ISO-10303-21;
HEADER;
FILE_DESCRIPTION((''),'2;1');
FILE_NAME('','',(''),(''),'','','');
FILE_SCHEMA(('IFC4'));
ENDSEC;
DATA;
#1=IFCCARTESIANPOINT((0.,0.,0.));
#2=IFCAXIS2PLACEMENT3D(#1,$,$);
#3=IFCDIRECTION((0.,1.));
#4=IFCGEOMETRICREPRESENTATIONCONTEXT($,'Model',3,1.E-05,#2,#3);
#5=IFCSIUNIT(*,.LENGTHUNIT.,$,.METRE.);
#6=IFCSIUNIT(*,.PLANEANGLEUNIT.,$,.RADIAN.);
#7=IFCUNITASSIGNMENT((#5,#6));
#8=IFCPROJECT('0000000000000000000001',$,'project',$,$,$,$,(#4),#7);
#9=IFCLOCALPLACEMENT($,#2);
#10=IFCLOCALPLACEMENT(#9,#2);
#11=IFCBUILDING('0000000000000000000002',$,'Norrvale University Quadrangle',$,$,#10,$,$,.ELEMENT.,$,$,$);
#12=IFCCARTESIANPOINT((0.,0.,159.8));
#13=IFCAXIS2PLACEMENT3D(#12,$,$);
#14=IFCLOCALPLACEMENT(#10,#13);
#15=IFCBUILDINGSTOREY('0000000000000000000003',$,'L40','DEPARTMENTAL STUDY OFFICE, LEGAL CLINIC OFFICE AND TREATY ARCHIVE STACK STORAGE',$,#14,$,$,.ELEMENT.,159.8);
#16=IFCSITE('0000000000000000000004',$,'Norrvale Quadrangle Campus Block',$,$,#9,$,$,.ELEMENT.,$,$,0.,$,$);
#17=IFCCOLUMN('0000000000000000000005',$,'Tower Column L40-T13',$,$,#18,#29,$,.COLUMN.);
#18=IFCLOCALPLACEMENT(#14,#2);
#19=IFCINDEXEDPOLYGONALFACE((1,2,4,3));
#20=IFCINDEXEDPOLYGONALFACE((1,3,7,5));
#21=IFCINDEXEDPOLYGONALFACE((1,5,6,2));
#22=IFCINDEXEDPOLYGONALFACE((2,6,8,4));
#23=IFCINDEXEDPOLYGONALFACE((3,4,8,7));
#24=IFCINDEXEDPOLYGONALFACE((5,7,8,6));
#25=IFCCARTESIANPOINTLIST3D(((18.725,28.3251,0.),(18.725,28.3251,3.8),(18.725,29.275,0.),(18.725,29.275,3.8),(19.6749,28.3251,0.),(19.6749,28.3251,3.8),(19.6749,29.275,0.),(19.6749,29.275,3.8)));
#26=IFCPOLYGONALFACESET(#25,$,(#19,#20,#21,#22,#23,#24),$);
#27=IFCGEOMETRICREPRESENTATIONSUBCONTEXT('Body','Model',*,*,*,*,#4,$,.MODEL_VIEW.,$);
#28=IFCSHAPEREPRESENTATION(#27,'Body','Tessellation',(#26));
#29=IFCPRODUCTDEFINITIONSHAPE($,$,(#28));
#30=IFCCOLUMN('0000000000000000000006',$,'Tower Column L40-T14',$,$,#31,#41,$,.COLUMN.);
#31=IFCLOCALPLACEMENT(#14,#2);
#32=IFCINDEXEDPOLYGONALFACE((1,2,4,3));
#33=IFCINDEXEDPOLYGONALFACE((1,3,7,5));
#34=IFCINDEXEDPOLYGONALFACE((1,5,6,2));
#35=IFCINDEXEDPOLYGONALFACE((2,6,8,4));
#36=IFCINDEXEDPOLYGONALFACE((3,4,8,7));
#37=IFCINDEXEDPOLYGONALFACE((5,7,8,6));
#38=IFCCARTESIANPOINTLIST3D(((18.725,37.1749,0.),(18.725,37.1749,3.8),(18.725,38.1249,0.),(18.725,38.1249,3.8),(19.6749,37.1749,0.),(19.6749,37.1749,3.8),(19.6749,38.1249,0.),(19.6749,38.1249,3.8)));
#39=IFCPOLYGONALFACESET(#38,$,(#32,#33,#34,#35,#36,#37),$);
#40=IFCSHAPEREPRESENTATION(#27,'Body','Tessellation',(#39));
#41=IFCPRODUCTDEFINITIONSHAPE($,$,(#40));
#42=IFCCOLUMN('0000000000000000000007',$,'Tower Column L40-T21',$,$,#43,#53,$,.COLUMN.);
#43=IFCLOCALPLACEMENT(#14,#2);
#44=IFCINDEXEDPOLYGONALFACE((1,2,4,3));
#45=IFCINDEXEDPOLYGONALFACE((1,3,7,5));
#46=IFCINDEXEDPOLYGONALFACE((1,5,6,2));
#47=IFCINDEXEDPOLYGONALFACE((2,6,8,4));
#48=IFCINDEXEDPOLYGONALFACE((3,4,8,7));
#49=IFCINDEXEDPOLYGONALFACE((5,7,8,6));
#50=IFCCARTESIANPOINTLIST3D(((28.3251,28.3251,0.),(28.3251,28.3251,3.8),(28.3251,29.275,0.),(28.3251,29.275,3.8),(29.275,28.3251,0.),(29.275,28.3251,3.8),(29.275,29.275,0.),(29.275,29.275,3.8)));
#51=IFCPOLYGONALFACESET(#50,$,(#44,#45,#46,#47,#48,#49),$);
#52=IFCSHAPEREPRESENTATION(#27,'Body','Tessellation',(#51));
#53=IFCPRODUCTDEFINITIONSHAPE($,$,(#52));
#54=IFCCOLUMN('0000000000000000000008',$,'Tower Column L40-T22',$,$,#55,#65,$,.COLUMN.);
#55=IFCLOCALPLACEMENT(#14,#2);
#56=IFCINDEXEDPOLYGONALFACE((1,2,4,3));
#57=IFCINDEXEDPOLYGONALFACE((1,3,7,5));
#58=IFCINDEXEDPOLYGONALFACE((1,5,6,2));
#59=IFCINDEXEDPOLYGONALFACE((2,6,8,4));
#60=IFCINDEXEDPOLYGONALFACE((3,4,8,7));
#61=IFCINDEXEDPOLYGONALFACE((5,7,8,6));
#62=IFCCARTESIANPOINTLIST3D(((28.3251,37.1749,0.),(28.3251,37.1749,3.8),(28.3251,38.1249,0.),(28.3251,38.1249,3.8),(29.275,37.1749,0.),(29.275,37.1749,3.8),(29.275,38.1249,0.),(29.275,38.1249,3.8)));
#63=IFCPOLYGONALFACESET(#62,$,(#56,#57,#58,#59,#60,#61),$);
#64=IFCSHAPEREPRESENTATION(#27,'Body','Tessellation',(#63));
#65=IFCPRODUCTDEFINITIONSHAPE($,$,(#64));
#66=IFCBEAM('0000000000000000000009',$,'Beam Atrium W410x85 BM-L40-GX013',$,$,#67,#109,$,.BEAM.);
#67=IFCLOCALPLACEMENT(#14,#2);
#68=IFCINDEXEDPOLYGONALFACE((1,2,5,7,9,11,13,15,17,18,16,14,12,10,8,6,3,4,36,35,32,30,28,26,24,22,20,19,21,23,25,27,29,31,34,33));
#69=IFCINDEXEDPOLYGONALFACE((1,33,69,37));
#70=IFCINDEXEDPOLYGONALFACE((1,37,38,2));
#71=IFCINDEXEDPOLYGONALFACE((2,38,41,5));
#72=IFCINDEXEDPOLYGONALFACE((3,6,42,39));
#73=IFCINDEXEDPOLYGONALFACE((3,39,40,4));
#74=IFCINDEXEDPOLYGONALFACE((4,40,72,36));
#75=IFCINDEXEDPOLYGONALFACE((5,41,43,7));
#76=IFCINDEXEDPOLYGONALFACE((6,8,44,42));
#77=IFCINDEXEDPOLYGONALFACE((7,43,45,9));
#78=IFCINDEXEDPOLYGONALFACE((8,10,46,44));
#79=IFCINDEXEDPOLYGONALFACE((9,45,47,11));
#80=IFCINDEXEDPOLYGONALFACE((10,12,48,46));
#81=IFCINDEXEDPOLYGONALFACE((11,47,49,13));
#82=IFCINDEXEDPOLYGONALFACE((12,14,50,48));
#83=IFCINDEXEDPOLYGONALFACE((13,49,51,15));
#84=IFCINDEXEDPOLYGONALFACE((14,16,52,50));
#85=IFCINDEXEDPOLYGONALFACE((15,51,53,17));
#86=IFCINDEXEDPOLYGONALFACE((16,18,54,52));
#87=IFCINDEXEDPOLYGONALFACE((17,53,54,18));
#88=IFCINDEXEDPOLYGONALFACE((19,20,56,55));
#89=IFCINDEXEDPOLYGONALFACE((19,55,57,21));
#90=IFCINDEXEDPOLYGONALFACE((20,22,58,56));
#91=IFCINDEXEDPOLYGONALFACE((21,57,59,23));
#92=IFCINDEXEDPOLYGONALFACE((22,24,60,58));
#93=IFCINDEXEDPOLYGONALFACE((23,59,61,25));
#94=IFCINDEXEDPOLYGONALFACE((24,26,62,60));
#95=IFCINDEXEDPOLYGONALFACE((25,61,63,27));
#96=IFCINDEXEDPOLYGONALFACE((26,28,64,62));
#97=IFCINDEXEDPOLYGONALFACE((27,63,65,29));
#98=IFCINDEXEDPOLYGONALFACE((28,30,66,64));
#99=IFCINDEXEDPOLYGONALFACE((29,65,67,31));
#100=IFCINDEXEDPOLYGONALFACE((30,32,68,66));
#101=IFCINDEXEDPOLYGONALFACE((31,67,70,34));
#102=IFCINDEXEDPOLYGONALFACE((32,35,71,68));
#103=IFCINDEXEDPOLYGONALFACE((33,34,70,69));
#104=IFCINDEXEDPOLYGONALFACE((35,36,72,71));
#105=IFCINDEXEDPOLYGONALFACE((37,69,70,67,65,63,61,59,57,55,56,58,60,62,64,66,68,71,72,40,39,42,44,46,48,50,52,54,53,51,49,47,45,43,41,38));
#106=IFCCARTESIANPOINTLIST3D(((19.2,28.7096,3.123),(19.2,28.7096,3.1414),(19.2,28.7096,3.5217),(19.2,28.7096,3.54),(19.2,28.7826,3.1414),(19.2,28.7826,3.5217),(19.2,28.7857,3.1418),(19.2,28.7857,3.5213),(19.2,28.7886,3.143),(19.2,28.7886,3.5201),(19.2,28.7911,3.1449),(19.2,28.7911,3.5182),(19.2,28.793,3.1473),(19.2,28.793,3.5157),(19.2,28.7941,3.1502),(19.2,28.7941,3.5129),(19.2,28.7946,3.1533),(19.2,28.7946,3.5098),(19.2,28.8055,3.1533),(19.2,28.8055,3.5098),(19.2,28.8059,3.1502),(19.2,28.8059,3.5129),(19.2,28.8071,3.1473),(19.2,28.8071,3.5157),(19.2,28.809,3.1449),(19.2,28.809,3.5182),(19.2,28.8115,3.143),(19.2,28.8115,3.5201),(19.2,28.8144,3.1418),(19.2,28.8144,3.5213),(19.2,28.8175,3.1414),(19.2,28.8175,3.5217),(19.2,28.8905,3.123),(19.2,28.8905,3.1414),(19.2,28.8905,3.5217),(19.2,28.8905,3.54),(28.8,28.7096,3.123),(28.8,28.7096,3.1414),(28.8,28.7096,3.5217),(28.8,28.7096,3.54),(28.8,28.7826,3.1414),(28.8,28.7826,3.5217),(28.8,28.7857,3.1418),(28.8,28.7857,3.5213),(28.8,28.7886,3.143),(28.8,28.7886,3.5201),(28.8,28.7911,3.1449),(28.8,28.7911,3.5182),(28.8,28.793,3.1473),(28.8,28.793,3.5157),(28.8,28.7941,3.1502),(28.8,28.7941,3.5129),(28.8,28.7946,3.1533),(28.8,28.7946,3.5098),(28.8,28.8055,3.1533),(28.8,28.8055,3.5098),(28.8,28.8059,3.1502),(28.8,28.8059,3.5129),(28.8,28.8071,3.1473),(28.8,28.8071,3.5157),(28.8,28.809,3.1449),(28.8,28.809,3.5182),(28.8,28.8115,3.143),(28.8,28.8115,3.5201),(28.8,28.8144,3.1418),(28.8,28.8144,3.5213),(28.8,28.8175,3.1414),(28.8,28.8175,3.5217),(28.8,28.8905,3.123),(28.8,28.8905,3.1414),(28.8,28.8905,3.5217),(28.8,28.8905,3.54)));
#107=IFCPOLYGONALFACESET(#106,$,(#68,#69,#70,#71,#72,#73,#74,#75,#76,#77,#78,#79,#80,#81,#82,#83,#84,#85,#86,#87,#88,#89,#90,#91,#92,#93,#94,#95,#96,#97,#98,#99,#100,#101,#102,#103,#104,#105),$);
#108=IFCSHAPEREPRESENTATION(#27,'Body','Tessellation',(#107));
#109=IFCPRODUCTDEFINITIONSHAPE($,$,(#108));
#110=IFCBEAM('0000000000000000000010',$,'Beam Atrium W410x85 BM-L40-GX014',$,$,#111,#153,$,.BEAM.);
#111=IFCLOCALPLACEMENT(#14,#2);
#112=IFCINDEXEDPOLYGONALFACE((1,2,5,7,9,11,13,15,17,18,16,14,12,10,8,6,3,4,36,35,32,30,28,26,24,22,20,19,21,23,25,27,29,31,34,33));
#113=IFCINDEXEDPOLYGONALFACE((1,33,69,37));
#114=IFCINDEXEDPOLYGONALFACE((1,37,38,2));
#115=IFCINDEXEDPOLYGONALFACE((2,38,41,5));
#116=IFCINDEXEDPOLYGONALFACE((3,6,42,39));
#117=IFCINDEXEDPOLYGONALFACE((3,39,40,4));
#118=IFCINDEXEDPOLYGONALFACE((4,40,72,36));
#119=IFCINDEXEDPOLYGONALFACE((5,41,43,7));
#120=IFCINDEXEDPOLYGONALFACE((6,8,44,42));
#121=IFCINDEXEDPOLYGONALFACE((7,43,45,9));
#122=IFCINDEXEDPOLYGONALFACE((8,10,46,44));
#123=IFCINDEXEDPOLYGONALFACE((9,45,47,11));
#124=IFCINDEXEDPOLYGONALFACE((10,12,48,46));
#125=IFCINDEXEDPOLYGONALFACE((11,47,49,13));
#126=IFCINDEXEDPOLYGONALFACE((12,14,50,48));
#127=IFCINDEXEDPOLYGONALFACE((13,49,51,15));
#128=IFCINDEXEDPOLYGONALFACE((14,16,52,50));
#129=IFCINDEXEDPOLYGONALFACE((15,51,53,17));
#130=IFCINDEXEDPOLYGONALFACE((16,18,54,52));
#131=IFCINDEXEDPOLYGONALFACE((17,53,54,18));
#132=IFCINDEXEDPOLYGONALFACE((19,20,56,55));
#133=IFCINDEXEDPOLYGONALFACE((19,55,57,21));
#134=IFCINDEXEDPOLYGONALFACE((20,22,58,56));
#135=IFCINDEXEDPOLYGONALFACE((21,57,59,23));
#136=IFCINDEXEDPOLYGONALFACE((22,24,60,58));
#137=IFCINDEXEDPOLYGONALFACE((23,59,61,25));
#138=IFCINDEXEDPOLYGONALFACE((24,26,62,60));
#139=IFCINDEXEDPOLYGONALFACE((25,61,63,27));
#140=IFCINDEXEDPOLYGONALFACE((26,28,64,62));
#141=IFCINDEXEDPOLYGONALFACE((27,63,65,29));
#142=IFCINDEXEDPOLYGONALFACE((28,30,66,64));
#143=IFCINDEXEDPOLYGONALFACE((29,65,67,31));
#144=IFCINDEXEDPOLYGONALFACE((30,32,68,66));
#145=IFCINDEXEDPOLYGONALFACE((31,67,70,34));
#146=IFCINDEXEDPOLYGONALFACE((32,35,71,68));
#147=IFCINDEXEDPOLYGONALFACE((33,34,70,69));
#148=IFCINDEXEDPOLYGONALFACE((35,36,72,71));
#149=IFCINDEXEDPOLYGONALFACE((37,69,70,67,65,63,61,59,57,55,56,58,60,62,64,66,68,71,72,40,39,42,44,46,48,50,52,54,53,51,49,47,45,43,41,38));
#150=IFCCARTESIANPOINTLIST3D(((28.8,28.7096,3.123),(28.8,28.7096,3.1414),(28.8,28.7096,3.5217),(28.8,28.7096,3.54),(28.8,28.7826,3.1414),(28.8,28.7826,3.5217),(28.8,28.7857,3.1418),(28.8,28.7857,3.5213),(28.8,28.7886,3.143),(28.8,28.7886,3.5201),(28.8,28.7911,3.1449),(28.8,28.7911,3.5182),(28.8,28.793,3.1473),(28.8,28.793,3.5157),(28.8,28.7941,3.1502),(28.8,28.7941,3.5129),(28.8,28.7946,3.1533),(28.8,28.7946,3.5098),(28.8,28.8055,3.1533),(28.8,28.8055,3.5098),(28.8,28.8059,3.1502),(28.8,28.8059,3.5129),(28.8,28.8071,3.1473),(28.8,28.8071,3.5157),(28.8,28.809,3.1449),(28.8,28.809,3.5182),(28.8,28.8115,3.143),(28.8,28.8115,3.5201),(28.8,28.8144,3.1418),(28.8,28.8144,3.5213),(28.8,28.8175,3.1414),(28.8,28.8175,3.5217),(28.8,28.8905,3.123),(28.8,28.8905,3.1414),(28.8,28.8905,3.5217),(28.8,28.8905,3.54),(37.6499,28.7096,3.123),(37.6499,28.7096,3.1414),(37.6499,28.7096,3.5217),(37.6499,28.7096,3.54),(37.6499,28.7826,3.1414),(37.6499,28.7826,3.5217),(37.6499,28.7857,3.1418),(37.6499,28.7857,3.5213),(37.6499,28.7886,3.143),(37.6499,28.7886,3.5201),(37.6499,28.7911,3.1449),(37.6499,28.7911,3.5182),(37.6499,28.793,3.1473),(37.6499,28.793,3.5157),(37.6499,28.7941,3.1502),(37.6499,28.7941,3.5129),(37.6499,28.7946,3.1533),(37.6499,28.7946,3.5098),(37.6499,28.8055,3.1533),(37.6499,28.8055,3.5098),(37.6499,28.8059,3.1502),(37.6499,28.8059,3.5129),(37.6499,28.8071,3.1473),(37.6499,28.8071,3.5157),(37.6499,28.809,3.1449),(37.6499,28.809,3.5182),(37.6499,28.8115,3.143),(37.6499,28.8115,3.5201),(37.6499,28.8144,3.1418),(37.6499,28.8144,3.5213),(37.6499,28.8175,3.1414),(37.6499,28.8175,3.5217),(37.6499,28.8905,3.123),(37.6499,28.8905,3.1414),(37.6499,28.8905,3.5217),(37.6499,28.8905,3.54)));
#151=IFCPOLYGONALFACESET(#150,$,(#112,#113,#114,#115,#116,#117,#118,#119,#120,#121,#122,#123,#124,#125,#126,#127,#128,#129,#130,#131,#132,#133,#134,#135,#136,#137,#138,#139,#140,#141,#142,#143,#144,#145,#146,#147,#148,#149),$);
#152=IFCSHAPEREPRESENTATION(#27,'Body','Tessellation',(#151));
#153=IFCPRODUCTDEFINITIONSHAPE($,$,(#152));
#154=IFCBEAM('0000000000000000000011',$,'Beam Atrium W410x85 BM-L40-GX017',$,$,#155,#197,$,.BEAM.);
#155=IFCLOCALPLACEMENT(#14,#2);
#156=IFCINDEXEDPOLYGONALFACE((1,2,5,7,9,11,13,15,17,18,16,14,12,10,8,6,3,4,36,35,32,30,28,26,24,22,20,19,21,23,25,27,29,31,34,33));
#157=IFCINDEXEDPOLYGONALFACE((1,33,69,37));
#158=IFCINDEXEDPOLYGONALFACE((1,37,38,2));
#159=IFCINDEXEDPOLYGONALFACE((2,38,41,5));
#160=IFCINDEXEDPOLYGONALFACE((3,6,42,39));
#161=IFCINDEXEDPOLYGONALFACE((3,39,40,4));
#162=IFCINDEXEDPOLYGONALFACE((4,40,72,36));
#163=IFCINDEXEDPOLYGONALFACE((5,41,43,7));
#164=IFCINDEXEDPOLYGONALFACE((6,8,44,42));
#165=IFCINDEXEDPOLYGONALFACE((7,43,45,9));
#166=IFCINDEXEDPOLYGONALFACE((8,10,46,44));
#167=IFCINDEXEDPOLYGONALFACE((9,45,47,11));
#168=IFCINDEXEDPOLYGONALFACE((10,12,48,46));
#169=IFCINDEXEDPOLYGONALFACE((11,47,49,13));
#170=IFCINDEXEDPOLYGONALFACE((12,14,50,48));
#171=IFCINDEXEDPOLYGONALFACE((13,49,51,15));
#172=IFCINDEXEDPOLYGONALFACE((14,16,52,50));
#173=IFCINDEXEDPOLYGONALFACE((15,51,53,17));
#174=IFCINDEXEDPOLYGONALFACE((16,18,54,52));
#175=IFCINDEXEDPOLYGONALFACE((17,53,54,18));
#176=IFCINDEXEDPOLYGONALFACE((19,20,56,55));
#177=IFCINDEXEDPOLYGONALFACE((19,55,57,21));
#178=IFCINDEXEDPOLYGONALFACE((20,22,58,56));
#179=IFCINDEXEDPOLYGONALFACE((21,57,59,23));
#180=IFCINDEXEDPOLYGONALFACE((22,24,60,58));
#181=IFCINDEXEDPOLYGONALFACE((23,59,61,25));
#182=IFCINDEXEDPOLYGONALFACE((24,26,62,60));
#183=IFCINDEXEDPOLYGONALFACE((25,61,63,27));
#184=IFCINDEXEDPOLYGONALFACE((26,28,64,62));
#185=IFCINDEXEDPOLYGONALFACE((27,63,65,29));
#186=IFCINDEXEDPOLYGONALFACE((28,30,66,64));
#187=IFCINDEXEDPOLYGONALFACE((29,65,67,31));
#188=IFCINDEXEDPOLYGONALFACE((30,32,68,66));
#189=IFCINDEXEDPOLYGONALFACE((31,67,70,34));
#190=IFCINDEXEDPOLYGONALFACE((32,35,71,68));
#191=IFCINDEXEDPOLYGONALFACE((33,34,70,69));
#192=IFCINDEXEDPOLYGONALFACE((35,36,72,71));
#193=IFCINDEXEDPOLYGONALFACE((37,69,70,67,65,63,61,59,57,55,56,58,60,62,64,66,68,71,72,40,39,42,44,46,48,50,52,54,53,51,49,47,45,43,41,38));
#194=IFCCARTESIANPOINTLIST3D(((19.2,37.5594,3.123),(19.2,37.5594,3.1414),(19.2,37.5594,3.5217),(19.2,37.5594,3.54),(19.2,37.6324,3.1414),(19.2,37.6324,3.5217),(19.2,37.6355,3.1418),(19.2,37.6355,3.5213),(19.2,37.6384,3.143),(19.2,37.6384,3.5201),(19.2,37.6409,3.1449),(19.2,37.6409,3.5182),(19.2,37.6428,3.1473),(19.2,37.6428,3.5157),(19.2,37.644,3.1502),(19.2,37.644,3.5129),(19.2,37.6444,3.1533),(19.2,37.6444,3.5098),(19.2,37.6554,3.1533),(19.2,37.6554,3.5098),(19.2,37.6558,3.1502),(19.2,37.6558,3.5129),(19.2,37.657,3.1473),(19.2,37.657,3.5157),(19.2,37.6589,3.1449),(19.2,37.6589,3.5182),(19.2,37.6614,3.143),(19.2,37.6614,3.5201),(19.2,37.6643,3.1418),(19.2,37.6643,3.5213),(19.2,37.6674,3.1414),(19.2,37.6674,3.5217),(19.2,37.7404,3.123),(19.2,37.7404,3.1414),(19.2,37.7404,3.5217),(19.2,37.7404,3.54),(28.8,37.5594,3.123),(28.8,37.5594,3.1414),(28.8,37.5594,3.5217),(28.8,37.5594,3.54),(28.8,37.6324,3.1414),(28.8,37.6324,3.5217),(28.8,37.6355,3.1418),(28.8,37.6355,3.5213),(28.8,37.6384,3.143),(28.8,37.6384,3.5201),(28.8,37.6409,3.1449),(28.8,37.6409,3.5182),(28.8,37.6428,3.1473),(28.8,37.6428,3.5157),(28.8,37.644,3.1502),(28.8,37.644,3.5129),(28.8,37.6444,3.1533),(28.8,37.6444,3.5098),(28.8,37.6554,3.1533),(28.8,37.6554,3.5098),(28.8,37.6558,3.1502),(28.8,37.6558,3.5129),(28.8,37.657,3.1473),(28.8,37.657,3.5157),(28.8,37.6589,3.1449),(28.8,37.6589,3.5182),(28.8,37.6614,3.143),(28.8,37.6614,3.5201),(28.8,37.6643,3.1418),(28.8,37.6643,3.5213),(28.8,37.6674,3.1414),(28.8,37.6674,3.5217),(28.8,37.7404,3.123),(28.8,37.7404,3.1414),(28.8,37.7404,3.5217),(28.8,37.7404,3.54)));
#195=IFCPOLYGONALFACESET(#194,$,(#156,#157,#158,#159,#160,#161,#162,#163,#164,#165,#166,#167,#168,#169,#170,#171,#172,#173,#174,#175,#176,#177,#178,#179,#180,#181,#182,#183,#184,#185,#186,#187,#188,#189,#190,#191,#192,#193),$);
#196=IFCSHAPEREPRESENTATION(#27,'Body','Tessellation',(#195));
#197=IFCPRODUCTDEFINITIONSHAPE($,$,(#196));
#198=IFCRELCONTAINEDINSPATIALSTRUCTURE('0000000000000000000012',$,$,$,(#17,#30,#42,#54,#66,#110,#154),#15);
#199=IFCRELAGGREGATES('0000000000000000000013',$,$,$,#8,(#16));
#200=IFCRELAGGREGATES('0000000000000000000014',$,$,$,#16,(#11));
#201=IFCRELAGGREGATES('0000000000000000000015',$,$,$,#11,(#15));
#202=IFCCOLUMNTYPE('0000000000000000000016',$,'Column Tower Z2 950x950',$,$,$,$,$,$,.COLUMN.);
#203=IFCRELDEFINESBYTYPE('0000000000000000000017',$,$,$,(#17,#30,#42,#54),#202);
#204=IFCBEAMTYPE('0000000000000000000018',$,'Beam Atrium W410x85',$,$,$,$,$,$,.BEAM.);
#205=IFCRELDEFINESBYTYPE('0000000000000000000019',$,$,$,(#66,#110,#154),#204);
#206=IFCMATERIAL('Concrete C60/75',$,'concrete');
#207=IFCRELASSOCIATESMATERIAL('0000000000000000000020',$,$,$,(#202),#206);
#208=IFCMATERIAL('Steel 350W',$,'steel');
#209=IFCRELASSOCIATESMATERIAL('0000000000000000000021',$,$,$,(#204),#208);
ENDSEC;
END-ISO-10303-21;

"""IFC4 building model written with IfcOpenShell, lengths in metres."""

from ifc_helpers import new_model, si_unit, direction, frame, origin, origin_2d, place, context, subcontext, project, spatial, rectangle, i_section, extrude, material, material_profile, profile_set, type_object, element, save


model = new_model("IFC4")

# Units and contexts
model_context = context("Model", 3, precision=1e-05, world=origin(), true_north=direction((0.0, 1.0)))
body_context = subcontext(model_context, "Body", "Model", "MODEL_VIEW")
ifc_project = project(units=[si_unit("LENGTHUNIT", "METRE"), si_unit("PLANEANGLEUNIT", "RADIAN")], contexts=[model_context])

# Site, building, storey
site_placement = place(None, origin())
site = spatial("IfcSite", under=ifc_project, at=site_placement, Name="Norrvale Quadrangle Campus Block", CompositionType="ELEMENT", RefElevation=0.0)
building_placement = place(site_placement, origin())
building = spatial("IfcBuilding", under=site, at=building_placement, Name="Norrvale University Quadrangle", CompositionType="ELEMENT")
storey_placement = place(building_placement, frame((0.0, 0.0, 159.8)))
storey = spatial("IfcBuildingStorey", under=building, at=storey_placement, Name="L40", Description="DEPARTMENTAL STUDY OFFICE, LEGAL CLINIC OFFICE AND TREATY ARCHIVE STACK STORAGE", CompositionType="ELEMENT", Elevation=159.8)

# Columns
ifc_material_1 = material(Name="Concrete C60/75", Category="concrete")
ifc_material_profile_1 = material_profile(ifc_material_1, rectangle(XDim=0.95, YDim=0.95, at=origin_2d()), Name="Concrete C60/75")
ifc_profile_set_1 = profile_set([ifc_material_profile_1], Name="Concrete C60/75")
column_type = type_object("IfcColumnType", Name="Column Tower Z2 950x950", PredefinedType="COLUMN", material=ifc_profile_set_1)
for number, where, z_axis, x_axis, name in (
    (1, (19.2, 28.8, 0.0), (0.0, 0.0, 1.0), (1.0, 0.0, 0.0), "Tower Column L40-T13"),
    (2, (19.2, 37.6499, 0.0), (0.0, 0.0, 1.0), (1.0, 0.0, 0.0), "Tower Column L40-T14"),
    (3, (28.8, 28.8, 0.0), (0.0, 0.0, 1.0), (1.0, 0.0, 0.0), "Tower Column L40-T21"),
    (4, (28.8, 37.6499, 0.0), (0.0, 0.0, 1.0), (1.0, 0.0, 0.0), "Tower Column L40-T22"),
):
    element("IfcColumn", number, at=place(storey_placement, frame(where, z_axis=z_axis, x_axis=x_axis)), inside=storey, type_object=column_type, Name=name, PredefinedType="COLUMN", context=body_context, shape_type="SweptSolid", body=[
        extrude(rectangle(XDim=0.95, YDim=0.95, at=origin_2d()), origin(), (0.0, 0.0, 1.0), 3.8),
    ])

# Beams
ifc_material_2 = material(Name="Steel 350W", Category="steel")
ifc_material_profile_2 = material_profile(ifc_material_2, i_section(OverallWidth=0.1809, OverallDepth=0.417, WebThickness=0.011, FlangeThickness=0.0183, FilletRadius=0.012, at=origin_2d()), Name="Steel 350W")
ifc_profile_set_2 = profile_set([ifc_material_profile_2], Name="Steel 350W")
beam_type_1 = type_object("IfcBeamType", Name="Beam Atrium W410x85", PredefinedType="BEAM", material=ifc_profile_set_2)
beam_1_placement = place(storey_placement, frame((19.2, 28.8, 3.3315), z_axis=(1.0, 0.0, 0.0), x_axis=(0.0, 1.0, 0.0)))
element("IfcBeam", 5, at=beam_1_placement, inside=storey, type_object=beam_type_1, Name="Beam Atrium W410x85 BM-L40-GX013", PredefinedType="BEAM", context=body_context, shape_type="SweptSolid", body=[
    extrude(i_section(OverallWidth=0.1809, OverallDepth=0.417, WebThickness=0.011, FlangeThickness=0.0183, FilletRadius=0.012, at=origin_2d()), origin(), (0.0, 0.0, 1.0), 9.6001),
])
beam_2_placement = place(storey_placement, frame((28.8, 28.8, 3.3315), z_axis=(1.0, 0.0, 0.0), x_axis=(0.0, 1.0, 0.0)))
element("IfcBeam", 6, at=beam_2_placement, inside=storey, type_object=beam_type_1, Name="Beam Atrium W410x85 BM-L40-GX014", PredefinedType="BEAM", context=body_context, shape_type="SweptSolid", body=[
    extrude(i_section(OverallWidth=0.1809, OverallDepth=0.417, WebThickness=0.011, FlangeThickness=0.0183, FilletRadius=0.012, at=origin_2d()), origin(), (0.0, 0.0, 1.0), 8.8499),
])
beam_3_placement = place(storey_placement, frame((19.2, 37.6499, 3.3315), z_axis=(1.0, 0.0, 0.0), x_axis=(0.0, 1.0, 0.0)))
element("IfcBeam", 7, at=beam_3_placement, inside=storey, type_object=beam_type_1, Name="Beam Atrium W410x85 BM-L40-GX017", PredefinedType="BEAM", context=body_context, shape_type="SweptSolid", body=[
    extrude(i_section(OverallWidth=0.1809, OverallDepth=0.417, WebThickness=0.011, FlangeThickness=0.0183, FilletRadius=0.012, at=origin_2d()), origin(), (0.0, 0.0, 1.0), 9.6001),
])

save(model, "model.ifc")
